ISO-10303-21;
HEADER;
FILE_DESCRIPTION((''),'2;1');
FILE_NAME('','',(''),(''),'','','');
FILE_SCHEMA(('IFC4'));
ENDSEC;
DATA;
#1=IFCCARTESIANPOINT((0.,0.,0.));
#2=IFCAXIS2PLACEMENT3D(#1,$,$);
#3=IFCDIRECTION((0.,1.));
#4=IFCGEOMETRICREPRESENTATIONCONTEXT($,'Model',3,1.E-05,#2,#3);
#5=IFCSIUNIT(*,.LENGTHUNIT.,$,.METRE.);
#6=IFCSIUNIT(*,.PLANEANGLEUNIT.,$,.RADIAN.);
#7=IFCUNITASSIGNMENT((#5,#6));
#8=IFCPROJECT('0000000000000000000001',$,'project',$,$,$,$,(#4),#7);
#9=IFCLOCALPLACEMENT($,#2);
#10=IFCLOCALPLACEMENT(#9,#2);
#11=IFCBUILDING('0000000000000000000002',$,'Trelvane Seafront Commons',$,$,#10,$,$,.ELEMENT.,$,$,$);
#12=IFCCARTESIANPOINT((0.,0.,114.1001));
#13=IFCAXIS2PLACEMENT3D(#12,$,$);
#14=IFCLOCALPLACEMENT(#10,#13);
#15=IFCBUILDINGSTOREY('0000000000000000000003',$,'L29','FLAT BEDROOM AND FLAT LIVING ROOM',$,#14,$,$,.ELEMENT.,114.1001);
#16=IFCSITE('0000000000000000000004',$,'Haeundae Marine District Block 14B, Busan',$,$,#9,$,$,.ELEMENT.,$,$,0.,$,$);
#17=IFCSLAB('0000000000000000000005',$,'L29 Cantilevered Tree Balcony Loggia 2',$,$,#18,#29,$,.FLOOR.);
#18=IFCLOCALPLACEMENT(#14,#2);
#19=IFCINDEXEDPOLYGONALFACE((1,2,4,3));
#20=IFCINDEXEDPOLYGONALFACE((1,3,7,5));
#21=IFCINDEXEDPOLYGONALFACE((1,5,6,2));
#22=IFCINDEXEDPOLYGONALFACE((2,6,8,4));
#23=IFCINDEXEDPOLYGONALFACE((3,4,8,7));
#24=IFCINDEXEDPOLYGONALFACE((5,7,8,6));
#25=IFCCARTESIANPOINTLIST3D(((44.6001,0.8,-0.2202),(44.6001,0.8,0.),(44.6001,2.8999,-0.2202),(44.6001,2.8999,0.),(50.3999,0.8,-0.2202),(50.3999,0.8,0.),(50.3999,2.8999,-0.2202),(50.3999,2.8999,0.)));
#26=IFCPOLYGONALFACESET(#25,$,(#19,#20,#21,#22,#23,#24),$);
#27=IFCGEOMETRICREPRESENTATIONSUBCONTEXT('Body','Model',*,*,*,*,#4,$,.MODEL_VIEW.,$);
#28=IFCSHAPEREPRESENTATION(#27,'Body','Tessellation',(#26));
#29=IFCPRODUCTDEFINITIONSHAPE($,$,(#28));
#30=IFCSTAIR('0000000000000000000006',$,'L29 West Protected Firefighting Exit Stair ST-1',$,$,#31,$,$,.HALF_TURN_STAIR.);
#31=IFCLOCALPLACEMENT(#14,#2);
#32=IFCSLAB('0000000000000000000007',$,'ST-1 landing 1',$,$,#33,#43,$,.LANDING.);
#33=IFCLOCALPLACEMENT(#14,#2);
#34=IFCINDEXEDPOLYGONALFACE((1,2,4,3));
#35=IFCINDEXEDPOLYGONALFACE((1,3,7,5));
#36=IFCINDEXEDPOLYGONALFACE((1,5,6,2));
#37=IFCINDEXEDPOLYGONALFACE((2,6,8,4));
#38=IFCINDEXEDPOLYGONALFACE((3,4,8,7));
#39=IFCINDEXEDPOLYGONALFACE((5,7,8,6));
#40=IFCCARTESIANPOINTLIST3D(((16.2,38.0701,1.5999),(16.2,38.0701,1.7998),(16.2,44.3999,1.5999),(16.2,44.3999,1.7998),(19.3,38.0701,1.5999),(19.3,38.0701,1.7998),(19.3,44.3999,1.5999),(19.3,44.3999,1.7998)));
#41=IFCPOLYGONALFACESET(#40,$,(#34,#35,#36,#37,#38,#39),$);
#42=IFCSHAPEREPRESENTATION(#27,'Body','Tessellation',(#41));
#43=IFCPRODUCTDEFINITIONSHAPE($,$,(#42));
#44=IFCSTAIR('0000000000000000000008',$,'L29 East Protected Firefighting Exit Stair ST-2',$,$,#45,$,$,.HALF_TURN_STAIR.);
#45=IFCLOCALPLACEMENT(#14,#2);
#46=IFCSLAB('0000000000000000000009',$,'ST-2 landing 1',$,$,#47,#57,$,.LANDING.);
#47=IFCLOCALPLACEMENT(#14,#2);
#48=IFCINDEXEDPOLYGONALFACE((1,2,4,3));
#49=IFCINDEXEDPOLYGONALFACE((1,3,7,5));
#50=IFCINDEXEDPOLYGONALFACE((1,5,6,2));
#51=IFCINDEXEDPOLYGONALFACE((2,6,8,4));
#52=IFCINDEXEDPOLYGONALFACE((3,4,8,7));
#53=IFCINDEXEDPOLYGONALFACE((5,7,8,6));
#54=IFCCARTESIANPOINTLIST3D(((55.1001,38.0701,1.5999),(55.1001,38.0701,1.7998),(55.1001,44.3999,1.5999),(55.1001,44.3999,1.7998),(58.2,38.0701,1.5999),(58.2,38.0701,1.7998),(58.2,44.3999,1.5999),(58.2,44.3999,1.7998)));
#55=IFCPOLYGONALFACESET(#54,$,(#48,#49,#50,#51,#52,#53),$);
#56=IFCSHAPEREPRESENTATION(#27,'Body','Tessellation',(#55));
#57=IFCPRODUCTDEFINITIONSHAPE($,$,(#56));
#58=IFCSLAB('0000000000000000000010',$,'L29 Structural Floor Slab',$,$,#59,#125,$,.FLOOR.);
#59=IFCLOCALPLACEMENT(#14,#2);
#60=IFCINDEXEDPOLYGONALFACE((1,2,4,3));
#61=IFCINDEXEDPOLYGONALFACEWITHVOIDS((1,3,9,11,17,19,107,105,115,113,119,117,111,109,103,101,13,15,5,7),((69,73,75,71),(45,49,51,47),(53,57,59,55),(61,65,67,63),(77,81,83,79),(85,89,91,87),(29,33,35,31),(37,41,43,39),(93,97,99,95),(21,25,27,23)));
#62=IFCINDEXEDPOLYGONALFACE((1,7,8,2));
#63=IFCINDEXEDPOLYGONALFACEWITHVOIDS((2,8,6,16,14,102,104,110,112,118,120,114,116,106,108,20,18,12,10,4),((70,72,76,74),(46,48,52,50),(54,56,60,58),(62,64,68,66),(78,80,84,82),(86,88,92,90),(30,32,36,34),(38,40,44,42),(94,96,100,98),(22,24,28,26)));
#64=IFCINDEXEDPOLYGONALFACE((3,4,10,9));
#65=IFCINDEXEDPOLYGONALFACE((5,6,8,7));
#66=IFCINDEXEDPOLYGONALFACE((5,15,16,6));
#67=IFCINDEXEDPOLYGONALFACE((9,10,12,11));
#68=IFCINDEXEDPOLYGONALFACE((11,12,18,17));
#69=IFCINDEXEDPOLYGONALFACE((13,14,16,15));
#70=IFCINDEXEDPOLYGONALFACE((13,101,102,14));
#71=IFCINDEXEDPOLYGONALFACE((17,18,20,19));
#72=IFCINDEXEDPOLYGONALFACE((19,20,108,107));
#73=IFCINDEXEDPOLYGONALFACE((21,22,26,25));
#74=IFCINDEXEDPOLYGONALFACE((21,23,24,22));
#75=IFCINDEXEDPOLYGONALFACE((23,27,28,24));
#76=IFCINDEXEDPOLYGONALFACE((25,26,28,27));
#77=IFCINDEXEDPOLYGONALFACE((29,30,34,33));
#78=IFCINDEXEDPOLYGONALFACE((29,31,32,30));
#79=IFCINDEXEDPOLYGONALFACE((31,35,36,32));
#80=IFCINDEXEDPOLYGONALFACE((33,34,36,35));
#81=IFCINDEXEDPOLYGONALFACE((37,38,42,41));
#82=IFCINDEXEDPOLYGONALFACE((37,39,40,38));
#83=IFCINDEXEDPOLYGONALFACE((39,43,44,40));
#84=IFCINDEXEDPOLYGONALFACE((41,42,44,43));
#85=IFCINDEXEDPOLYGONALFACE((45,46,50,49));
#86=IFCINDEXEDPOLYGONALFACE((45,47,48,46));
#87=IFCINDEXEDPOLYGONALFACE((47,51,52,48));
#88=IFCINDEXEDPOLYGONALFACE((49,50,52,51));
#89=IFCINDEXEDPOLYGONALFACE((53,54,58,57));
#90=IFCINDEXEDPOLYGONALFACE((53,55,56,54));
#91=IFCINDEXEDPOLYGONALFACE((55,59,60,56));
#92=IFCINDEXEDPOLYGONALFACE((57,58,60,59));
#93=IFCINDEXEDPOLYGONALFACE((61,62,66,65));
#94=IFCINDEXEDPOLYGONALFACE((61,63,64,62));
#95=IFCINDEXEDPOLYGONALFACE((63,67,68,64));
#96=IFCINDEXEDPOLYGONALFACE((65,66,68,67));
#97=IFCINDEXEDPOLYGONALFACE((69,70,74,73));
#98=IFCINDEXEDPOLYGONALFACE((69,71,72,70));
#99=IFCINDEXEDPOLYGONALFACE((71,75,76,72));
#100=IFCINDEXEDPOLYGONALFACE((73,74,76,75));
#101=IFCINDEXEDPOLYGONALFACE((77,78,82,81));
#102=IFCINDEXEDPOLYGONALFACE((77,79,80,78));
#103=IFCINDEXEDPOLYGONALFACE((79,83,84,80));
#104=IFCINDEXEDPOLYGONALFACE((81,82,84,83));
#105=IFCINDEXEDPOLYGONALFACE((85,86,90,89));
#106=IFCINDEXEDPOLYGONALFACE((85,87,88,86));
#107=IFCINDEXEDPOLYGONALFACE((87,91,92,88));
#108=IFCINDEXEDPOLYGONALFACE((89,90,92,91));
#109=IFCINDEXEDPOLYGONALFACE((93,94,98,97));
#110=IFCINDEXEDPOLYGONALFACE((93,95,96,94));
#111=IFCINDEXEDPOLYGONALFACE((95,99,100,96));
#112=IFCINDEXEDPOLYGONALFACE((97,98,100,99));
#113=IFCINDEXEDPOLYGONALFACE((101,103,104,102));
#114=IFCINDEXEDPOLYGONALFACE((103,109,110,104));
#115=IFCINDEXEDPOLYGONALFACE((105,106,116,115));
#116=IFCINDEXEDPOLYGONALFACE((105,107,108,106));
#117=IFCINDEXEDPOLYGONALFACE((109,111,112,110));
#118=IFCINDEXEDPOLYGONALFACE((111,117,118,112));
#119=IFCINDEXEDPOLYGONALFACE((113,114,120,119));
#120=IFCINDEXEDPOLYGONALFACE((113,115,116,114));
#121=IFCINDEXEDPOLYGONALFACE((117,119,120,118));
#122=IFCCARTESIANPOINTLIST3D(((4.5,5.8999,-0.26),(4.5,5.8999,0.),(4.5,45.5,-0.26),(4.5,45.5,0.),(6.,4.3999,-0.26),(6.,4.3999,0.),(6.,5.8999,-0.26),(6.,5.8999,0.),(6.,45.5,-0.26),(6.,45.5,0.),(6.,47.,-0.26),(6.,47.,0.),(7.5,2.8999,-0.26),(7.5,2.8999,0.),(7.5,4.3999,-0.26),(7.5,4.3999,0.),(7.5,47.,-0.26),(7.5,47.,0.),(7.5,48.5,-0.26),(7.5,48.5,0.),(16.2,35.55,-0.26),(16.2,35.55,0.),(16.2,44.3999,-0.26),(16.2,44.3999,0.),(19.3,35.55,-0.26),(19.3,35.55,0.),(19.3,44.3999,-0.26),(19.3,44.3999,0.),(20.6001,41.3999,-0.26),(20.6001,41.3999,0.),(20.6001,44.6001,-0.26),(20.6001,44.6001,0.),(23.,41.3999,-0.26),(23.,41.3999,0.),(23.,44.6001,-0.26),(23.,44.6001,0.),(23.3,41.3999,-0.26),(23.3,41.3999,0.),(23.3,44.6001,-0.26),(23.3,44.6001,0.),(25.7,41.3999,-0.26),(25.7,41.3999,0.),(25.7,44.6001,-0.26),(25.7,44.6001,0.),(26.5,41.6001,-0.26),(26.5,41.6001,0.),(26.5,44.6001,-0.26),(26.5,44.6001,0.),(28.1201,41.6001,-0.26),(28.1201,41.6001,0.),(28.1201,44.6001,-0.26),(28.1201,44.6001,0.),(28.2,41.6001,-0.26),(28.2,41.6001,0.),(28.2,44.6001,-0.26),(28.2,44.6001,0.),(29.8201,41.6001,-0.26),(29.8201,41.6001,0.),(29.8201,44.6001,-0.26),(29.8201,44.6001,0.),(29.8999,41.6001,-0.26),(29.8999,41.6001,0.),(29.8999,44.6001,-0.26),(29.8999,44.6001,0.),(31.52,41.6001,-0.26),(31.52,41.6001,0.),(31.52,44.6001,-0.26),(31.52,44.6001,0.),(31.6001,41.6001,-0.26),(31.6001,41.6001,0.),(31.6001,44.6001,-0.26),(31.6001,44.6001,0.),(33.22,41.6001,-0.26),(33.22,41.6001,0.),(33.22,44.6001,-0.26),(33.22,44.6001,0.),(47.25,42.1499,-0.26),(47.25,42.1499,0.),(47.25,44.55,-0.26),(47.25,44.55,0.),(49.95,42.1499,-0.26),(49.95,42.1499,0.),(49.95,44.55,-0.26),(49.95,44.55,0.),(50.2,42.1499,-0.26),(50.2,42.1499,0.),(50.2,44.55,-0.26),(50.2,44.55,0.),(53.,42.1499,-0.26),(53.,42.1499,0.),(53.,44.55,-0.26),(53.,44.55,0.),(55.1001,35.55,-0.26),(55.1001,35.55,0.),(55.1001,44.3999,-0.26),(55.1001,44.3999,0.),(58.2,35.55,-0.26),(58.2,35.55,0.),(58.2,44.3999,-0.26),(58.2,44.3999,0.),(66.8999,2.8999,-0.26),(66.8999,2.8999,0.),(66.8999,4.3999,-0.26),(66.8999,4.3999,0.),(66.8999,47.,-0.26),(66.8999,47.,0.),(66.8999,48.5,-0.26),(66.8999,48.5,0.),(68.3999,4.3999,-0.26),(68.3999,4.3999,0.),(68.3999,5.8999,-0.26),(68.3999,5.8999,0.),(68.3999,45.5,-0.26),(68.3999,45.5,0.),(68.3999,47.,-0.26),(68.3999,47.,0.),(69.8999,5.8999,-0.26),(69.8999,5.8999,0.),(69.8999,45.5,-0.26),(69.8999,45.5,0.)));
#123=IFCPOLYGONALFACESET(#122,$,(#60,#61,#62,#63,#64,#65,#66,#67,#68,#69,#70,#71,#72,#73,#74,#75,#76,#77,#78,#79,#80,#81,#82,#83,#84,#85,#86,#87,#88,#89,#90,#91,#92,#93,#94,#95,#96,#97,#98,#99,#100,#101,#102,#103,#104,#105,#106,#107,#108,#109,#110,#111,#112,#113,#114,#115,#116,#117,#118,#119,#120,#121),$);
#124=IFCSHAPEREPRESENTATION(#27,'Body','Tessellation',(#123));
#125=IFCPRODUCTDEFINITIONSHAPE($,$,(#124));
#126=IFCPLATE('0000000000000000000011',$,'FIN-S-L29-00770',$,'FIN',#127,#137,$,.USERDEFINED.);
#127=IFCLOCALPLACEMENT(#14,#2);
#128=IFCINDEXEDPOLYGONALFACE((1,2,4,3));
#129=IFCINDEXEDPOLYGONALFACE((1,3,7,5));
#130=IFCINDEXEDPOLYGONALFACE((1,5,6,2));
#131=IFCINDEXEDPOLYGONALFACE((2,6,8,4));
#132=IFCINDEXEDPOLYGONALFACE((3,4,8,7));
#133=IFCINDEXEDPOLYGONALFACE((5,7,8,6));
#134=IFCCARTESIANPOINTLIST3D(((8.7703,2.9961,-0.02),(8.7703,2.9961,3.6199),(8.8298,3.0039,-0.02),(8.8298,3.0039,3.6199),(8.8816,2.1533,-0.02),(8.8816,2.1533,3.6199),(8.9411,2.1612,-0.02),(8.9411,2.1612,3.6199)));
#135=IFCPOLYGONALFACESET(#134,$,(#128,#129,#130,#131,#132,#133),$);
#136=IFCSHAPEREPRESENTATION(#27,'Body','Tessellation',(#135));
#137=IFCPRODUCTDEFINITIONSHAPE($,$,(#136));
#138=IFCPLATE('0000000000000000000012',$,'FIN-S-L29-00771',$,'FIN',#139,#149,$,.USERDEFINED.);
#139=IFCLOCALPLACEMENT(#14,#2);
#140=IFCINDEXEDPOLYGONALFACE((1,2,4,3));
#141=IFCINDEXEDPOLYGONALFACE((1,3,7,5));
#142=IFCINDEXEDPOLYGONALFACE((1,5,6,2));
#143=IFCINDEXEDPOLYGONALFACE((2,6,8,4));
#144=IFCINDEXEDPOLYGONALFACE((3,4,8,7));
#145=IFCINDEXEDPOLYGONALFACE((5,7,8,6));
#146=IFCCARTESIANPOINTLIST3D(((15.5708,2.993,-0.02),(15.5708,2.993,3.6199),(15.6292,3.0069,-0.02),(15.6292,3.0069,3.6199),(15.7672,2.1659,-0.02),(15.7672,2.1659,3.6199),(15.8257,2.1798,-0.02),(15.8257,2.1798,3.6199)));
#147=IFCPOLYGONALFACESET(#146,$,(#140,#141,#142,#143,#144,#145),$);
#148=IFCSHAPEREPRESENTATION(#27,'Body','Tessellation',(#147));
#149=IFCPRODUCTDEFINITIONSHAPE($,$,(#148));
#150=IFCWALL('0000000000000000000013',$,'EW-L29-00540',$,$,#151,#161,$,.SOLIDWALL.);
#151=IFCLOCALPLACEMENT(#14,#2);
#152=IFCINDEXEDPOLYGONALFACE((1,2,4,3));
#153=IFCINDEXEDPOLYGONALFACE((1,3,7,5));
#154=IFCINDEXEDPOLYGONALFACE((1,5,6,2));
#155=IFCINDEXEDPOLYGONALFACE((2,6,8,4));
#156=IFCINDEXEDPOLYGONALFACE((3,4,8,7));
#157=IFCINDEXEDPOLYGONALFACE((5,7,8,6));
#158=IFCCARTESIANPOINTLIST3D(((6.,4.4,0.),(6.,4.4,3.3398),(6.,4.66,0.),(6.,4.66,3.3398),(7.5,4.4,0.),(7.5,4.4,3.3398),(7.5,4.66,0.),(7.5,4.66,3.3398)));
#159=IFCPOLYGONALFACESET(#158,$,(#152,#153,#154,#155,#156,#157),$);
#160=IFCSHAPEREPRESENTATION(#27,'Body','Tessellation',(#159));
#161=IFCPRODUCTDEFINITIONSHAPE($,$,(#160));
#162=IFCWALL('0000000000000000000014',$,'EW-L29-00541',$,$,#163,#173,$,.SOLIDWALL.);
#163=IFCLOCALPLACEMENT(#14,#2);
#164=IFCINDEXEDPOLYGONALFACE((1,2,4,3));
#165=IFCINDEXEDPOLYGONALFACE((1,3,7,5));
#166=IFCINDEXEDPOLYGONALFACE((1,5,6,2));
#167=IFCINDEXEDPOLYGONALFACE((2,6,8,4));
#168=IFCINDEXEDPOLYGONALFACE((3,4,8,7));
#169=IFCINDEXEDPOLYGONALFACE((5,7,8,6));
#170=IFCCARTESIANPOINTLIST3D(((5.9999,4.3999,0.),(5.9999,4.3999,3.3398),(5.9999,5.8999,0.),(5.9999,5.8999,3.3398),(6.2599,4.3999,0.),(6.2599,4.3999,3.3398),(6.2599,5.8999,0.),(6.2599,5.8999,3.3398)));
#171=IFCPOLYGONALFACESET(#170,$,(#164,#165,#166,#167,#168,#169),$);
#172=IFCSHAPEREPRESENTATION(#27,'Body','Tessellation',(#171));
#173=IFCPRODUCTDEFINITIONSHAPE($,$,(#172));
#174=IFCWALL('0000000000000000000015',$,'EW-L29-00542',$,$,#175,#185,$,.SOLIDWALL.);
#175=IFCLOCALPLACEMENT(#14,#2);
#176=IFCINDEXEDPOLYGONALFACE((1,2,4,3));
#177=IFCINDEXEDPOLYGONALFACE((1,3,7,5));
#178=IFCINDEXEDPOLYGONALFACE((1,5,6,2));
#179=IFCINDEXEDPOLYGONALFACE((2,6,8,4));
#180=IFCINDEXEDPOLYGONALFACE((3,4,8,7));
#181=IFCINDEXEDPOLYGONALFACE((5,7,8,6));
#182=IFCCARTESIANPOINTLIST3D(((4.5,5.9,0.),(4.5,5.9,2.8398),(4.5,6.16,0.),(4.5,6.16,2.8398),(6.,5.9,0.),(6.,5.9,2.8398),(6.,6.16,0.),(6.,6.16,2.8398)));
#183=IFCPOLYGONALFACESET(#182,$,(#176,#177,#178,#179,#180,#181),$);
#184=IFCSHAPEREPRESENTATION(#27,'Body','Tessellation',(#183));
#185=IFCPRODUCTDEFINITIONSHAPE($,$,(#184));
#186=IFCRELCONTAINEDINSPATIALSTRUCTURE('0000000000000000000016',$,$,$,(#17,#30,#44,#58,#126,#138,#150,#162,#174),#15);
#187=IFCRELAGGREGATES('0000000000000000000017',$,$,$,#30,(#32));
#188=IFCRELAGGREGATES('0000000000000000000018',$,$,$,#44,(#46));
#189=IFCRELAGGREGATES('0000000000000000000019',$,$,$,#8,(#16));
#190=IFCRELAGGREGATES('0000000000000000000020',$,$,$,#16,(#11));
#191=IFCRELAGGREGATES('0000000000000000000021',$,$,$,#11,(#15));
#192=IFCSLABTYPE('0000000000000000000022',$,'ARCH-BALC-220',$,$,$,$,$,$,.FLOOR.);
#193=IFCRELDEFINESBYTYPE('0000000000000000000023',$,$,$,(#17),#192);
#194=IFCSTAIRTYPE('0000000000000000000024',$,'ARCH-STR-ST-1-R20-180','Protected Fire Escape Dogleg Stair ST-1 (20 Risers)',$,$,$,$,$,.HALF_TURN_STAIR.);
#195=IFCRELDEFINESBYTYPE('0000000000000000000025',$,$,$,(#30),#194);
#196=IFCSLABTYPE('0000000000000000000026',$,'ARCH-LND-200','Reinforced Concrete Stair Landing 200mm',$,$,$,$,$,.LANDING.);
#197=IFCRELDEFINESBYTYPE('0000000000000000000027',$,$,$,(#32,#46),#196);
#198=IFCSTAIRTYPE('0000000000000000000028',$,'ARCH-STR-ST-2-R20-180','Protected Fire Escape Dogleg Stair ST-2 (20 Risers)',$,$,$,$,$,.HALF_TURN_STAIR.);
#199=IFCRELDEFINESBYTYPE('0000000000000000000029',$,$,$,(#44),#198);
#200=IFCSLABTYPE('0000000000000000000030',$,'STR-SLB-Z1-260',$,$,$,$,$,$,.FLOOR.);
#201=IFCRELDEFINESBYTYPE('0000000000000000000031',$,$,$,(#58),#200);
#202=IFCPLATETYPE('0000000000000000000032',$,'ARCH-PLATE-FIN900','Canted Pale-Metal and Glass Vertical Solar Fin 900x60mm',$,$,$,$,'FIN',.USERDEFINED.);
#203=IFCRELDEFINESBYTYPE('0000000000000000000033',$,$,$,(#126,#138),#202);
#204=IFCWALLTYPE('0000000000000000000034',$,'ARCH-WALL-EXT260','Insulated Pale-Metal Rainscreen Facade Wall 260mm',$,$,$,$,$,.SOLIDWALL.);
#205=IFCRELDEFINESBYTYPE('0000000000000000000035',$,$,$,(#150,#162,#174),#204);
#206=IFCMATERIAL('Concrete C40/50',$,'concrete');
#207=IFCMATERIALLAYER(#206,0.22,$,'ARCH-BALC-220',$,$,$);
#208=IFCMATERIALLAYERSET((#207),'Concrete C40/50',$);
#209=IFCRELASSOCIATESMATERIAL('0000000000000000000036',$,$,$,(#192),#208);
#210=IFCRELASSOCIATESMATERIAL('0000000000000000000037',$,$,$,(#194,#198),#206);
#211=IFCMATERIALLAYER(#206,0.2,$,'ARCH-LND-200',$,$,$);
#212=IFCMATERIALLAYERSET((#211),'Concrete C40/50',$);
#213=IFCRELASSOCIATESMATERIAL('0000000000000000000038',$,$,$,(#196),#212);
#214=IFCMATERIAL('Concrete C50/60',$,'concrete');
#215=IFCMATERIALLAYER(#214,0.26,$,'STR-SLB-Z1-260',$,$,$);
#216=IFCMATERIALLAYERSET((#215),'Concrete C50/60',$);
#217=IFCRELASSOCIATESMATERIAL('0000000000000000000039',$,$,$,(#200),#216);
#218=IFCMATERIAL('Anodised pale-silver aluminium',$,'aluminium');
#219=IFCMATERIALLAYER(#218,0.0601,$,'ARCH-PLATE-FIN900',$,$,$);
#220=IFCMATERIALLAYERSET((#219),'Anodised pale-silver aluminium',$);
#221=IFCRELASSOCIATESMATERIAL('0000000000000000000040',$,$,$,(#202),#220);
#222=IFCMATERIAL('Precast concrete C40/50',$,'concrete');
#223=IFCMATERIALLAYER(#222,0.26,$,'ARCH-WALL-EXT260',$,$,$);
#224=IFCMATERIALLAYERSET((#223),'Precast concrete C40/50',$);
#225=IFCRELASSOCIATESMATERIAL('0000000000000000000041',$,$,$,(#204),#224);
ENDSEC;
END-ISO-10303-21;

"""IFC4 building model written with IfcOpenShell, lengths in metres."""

from ifc_helpers import new_model, si_unit, direction, frame, frame_2d, origin, origin_2d, place, context, subcontext, project, spatial, polyline, rectangle, outline, extrude, source, transform, mapped, material, layer, layer_set, type_object, element, aggregate, save


model = new_model("IFC4")

# Units and contexts
model_context = context("Model", 3, precision=1e-05, world=origin(), true_north=direction((0.0, 1.0)))
body_context = subcontext(model_context, "Body", "Model", "MODEL_VIEW")
ifc_project = project(units=[si_unit("LENGTHUNIT", "METRE"), si_unit("PLANEANGLEUNIT", "RADIAN")], contexts=[model_context])

# Site, building, storey
site_placement = place(None, origin())
site = spatial("IfcSite", under=ifc_project, at=site_placement, Name="Haeundae Marine District Block 14B, Busan", CompositionType="ELEMENT", RefElevation=0.0)
building_placement = place(site_placement, origin())
building = spatial("IfcBuilding", under=site, at=building_placement, Name="Trelvane Seafront Commons", CompositionType="ELEMENT")
storey_placement = place(building_placement, frame((0.0, 0.0, 114.1001)))
storey = spatial("IfcBuildingStorey", under=building, at=storey_placement, Name="L29", Description="FLAT BEDROOM AND FLAT LIVING ROOM", CompositionType="ELEMENT", Elevation=114.1001)

# Slab
ifc_material_1 = material(Name="Concrete C40/50", Category="concrete")
ifc_layer_1 = layer(ifc_material_1, 0.22, Name="ARCH-BALC-220")
ifc_layer_set_1 = layer_set([ifc_layer_1], Name="Concrete C40/50")
slab_type_1 = type_object("IfcSlabType", Name="ARCH-BALC-220", PredefinedType="FLOOR", material=ifc_layer_set_1)
slab_1_placement = place(storey_placement, frame((0.0, 0.0, -0.2202)))
element("IfcSlab", 1, at=slab_1_placement, inside=storey, type_object=slab_type_1, Name="L29 Cantilevered Tree Balcony Loggia 2", PredefinedType="FLOOR", context=body_context, shape_type="SweptSolid", body=[
    extrude(outline(polyline([(44.6001, 0.8), (50.3999, 0.8), (50.3999, 2.8999), (44.6001, 2.8999), (44.6001, 0.8)])), origin(), (0.0, 0.0, 1.0), 0.2202),
])

# Stairs, slabs
stair_type_1 = type_object("IfcStairType", Name="ARCH-STR-ST-1-R20-180", Description="Protected Fire Escape Dogleg Stair ST-1 (20 Risers)", PredefinedType="HALF_TURN_STAIR", material=ifc_material_1)
stair_1_placement = place(storey_placement, origin())
stair_1 = element("IfcStair", 2, at=stair_1_placement, inside=storey, type_object=stair_type_1, Name="L29 West Protected Firefighting Exit Stair ST-1", PredefinedType="HALF_TURN_STAIR")
ifc_layer_2 = layer(ifc_material_1, 0.2, Name="ARCH-LND-200")
ifc_layer_set_2 = layer_set([ifc_layer_2], Name="Concrete C40/50")
slab_type_2 = type_object("IfcSlabType", Name="ARCH-LND-200", Description="Reinforced Concrete Stair Landing 200mm", PredefinedType="LANDING", material=ifc_layer_set_2)
slab_2_placement = place(storey_placement, frame((0.0, 0.0, 1.5999)))
slab_2 = element("IfcSlab", 3, at=slab_2_placement, type_object=slab_type_2, Name="ST-1 landing 1", PredefinedType="LANDING", context=body_context, shape_type="SweptSolid", body=[
    extrude(outline(polyline([(19.3, 38.0701), (19.3, 44.3999), (16.2, 44.3999), (16.2, 38.0701), (19.3, 38.0701)])), origin(), (0.0, 0.0, 1.0), 0.2),
])
aggregate(stair_1, [slab_2])
stair_type_2 = type_object("IfcStairType", Name="ARCH-STR-ST-2-R20-180", Description="Protected Fire Escape Dogleg Stair ST-2 (20 Risers)", PredefinedType="HALF_TURN_STAIR", material=ifc_material_1)
stair_2_placement = place(storey_placement, origin())
stair_2 = element("IfcStair", 4, at=stair_2_placement, inside=storey, type_object=stair_type_2, Name="L29 East Protected Firefighting Exit Stair ST-2", PredefinedType="HALF_TURN_STAIR")
slab_3_placement = place(storey_placement, frame((0.0, 0.0, 1.5999)))
slab_3 = element("IfcSlab", 5, at=slab_3_placement, type_object=slab_type_2, Name="ST-2 landing 1", PredefinedType="LANDING", context=body_context, shape_type="SweptSolid", body=[
    extrude(outline(polyline([(58.2, 38.0701), (58.2, 44.3999), (55.1001, 44.3999), (55.1001, 38.0701), (58.2, 38.0701)])), origin(), (0.0, 0.0, 1.0), 0.2),
])
aggregate(stair_2, [slab_3])

# Slab
ifc_material_2 = material(Name="Concrete C50/60", Category="concrete")
ifc_layer_3 = layer(ifc_material_2, 0.26, Name="STR-SLB-Z1-260")
ifc_layer_set_3 = layer_set([ifc_layer_3], Name="Concrete C50/60")
slab_type_3 = type_object("IfcSlabType", Name="STR-SLB-Z1-260", PredefinedType="FLOOR", material=ifc_layer_set_3)
slab_4_placement = place(storey_placement, frame((0.0, 0.0, -0.26)))
element("IfcSlab", 6, at=slab_4_placement, inside=storey, type_object=slab_type_3, Name="L29 Structural Floor Slab", PredefinedType="FLOOR", context=body_context, shape_type="SweptSolid", body=[
    extrude(outline(polyline([(7.5, 2.8999), (66.8999, 2.8999), (66.8999, 4.3999), (68.3999, 4.3999), (68.3999, 5.8999), (69.8999, 5.8999), (69.8999, 45.5), (68.3999, 45.5), (68.3999, 47.0), (66.8999, 47.0), (66.8999, 48.5), (7.5, 48.5), (7.5, 47.0), (6.0, 47.0), (6.0, 45.5), (4.5, 45.5), (4.5, 5.8999), (6.0, 5.8999), (6.0, 4.3999), (7.5, 4.3999), (7.5, 2.8999)]), holes=[polyline([(19.3, 35.55), (16.2, 35.55), (16.2, 44.3999), (19.3, 44.3999), (19.3, 35.55)]), polyline([(58.2, 35.55), (55.1001, 35.55), (55.1001, 44.3999), (58.2, 44.3999), (58.2, 35.55)]), polyline([(23.0, 41.3999), (20.6001, 41.3999), (20.6001, 44.6001), (23.0, 44.6001), (23.0, 41.3999)]), polyline([(23.3, 41.3999), (23.3, 44.6001), (25.7, 44.6001), (25.7, 41.3999), (23.3, 41.3999)]), polyline([(26.5, 41.6001), (26.5, 44.6001), (28.1201, 44.6001), (28.1201, 41.6001), (26.5, 41.6001)]), polyline([(29.8201, 41.6001), (28.2, 41.6001), (28.2, 44.6001), (29.8201, 44.6001), (29.8201, 41.6001)]), polyline([(31.52, 41.6001), (29.8999, 41.6001), (29.8999, 44.6001), (31.52, 44.6001), (31.52, 41.6001)]), polyline([(33.22, 41.6001), (31.6001, 41.6001), (31.6001, 44.6001), (33.22, 44.6001), (33.22, 41.6001)]), polyline([(47.25, 42.1499), (47.25, 44.55), (49.95, 44.55), (49.95, 42.1499), (47.25, 42.1499)]), polyline([(50.2, 42.1499), (50.2, 44.55), (53.0, 44.55), (53.0, 42.1499), (50.2, 42.1499)])]), origin(), (0.0, 0.0, 1.0), 0.26),
])

# Plates
ifc_material_3 = material(Name="Anodised pale-silver aluminium", Category="aluminium")
ifc_layer_4 = layer(ifc_material_3, 0.0601, Name="ARCH-PLATE-FIN900")
ifc_layer_set_4 = layer_set([ifc_layer_4], Name="Anodised pale-silver aluminium")
plate_type = type_object("IfcPlateType", Name="ARCH-PLATE-FIN900", Description="Canted Pale-Metal and Glass Vertical Solar Fin 900x60mm", ElementType="FIN", PredefinedType="USERDEFINED", material=ifc_layer_set_4)
shared_shape_1 = source(origin(), body_context, "Body", "SweptSolid", [
    extrude(rectangle(XDim=0.8501, YDim=0.0601, at=origin_2d()), origin(), (0.0, 0.0, 1.0), 3.6399),
])
for number, where, z_axis, x_axis, name in (
    (7, (8.8557, 2.5786, -0.02), (0.0, 0.0, 1.0), (0.130938, -0.991391, 0.0), "FIN-S-L29-00770"),
    (8, (15.6982, 2.5864, -0.02), (0.0, 0.0, 1.0), (0.231059, -0.97294, 0.0), "FIN-S-L29-00771"),
):
    element("IfcPlate", number, at=place(storey_placement, frame(where, z_axis=z_axis, x_axis=x_axis)), inside=storey, type_object=plate_type, Name=name, ObjectType="FIN", PredefinedType="USERDEFINED", context=body_context, shape_type="MappedRepresentation", body=[
        mapped(shared_shape_1, transform((0.0, 0.0, 0.0), x_axis=(1.0, 0.0, 0.0), y_axis=(0.0, 1.0, 0.0), z_axis=(0.0, 0.0, 1.0), scale=1.0)),
    ])

# Walls
ifc_material_4 = material(Name="Precast concrete C40/50", Category="concrete")
ifc_layer_5 = layer(ifc_material_4, 0.26, Name="ARCH-WALL-EXT260")
ifc_layer_set_5 = layer_set([ifc_layer_5], Name="Precast concrete C40/50")
wall_type_1 = type_object("IfcWallType", Name="ARCH-WALL-EXT260", Description="Insulated Pale-Metal Rainscreen Facade Wall 260mm", PredefinedType="SOLIDWALL", material=ifc_layer_set_5)
for number, where, z_axis, x_axis, name in (
    (9, (7.5, 4.53, 0.0), (0.0, 0.0, 1.0), (-1.0, 0.0, 0.0), "EW-L29-00540"),
    (10, (6.1299, 4.3999, 0.0), (0.0, 0.0, 1.0), (0.0, 1.0, 0.0), "EW-L29-00541"),
):
    element("IfcWall", number, at=place(storey_placement, frame(where, z_axis=z_axis, x_axis=x_axis)), inside=storey, type_object=wall_type_1, Name=name, PredefinedType="SOLIDWALL", context=body_context, shape_type="SweptSolid", body=[
        extrude(rectangle(XDim=1.5, YDim=0.26, at=frame_2d((0.75, 0.0))), origin(), (0.0, 0.0, 1.0), 3.3398),
    ])
wall_1_placement = place(storey_placement, frame((6.0, 6.03, 0.0), z_axis=(0.0, 0.0, 1.0), x_axis=(-1.0, 0.0, 0.0)))
element("IfcWall", 11, at=wall_1_placement, inside=storey, type_object=wall_type_1, Name="EW-L29-00542", PredefinedType="SOLIDWALL", context=body_context, shape_type="SweptSolid", body=[
    extrude(rectangle(XDim=1.5, YDim=0.26, at=frame_2d((0.75, 0.0))), origin(), (0.0, 0.0, 1.0), 2.8398),
])

save(model, "model.ifc")
